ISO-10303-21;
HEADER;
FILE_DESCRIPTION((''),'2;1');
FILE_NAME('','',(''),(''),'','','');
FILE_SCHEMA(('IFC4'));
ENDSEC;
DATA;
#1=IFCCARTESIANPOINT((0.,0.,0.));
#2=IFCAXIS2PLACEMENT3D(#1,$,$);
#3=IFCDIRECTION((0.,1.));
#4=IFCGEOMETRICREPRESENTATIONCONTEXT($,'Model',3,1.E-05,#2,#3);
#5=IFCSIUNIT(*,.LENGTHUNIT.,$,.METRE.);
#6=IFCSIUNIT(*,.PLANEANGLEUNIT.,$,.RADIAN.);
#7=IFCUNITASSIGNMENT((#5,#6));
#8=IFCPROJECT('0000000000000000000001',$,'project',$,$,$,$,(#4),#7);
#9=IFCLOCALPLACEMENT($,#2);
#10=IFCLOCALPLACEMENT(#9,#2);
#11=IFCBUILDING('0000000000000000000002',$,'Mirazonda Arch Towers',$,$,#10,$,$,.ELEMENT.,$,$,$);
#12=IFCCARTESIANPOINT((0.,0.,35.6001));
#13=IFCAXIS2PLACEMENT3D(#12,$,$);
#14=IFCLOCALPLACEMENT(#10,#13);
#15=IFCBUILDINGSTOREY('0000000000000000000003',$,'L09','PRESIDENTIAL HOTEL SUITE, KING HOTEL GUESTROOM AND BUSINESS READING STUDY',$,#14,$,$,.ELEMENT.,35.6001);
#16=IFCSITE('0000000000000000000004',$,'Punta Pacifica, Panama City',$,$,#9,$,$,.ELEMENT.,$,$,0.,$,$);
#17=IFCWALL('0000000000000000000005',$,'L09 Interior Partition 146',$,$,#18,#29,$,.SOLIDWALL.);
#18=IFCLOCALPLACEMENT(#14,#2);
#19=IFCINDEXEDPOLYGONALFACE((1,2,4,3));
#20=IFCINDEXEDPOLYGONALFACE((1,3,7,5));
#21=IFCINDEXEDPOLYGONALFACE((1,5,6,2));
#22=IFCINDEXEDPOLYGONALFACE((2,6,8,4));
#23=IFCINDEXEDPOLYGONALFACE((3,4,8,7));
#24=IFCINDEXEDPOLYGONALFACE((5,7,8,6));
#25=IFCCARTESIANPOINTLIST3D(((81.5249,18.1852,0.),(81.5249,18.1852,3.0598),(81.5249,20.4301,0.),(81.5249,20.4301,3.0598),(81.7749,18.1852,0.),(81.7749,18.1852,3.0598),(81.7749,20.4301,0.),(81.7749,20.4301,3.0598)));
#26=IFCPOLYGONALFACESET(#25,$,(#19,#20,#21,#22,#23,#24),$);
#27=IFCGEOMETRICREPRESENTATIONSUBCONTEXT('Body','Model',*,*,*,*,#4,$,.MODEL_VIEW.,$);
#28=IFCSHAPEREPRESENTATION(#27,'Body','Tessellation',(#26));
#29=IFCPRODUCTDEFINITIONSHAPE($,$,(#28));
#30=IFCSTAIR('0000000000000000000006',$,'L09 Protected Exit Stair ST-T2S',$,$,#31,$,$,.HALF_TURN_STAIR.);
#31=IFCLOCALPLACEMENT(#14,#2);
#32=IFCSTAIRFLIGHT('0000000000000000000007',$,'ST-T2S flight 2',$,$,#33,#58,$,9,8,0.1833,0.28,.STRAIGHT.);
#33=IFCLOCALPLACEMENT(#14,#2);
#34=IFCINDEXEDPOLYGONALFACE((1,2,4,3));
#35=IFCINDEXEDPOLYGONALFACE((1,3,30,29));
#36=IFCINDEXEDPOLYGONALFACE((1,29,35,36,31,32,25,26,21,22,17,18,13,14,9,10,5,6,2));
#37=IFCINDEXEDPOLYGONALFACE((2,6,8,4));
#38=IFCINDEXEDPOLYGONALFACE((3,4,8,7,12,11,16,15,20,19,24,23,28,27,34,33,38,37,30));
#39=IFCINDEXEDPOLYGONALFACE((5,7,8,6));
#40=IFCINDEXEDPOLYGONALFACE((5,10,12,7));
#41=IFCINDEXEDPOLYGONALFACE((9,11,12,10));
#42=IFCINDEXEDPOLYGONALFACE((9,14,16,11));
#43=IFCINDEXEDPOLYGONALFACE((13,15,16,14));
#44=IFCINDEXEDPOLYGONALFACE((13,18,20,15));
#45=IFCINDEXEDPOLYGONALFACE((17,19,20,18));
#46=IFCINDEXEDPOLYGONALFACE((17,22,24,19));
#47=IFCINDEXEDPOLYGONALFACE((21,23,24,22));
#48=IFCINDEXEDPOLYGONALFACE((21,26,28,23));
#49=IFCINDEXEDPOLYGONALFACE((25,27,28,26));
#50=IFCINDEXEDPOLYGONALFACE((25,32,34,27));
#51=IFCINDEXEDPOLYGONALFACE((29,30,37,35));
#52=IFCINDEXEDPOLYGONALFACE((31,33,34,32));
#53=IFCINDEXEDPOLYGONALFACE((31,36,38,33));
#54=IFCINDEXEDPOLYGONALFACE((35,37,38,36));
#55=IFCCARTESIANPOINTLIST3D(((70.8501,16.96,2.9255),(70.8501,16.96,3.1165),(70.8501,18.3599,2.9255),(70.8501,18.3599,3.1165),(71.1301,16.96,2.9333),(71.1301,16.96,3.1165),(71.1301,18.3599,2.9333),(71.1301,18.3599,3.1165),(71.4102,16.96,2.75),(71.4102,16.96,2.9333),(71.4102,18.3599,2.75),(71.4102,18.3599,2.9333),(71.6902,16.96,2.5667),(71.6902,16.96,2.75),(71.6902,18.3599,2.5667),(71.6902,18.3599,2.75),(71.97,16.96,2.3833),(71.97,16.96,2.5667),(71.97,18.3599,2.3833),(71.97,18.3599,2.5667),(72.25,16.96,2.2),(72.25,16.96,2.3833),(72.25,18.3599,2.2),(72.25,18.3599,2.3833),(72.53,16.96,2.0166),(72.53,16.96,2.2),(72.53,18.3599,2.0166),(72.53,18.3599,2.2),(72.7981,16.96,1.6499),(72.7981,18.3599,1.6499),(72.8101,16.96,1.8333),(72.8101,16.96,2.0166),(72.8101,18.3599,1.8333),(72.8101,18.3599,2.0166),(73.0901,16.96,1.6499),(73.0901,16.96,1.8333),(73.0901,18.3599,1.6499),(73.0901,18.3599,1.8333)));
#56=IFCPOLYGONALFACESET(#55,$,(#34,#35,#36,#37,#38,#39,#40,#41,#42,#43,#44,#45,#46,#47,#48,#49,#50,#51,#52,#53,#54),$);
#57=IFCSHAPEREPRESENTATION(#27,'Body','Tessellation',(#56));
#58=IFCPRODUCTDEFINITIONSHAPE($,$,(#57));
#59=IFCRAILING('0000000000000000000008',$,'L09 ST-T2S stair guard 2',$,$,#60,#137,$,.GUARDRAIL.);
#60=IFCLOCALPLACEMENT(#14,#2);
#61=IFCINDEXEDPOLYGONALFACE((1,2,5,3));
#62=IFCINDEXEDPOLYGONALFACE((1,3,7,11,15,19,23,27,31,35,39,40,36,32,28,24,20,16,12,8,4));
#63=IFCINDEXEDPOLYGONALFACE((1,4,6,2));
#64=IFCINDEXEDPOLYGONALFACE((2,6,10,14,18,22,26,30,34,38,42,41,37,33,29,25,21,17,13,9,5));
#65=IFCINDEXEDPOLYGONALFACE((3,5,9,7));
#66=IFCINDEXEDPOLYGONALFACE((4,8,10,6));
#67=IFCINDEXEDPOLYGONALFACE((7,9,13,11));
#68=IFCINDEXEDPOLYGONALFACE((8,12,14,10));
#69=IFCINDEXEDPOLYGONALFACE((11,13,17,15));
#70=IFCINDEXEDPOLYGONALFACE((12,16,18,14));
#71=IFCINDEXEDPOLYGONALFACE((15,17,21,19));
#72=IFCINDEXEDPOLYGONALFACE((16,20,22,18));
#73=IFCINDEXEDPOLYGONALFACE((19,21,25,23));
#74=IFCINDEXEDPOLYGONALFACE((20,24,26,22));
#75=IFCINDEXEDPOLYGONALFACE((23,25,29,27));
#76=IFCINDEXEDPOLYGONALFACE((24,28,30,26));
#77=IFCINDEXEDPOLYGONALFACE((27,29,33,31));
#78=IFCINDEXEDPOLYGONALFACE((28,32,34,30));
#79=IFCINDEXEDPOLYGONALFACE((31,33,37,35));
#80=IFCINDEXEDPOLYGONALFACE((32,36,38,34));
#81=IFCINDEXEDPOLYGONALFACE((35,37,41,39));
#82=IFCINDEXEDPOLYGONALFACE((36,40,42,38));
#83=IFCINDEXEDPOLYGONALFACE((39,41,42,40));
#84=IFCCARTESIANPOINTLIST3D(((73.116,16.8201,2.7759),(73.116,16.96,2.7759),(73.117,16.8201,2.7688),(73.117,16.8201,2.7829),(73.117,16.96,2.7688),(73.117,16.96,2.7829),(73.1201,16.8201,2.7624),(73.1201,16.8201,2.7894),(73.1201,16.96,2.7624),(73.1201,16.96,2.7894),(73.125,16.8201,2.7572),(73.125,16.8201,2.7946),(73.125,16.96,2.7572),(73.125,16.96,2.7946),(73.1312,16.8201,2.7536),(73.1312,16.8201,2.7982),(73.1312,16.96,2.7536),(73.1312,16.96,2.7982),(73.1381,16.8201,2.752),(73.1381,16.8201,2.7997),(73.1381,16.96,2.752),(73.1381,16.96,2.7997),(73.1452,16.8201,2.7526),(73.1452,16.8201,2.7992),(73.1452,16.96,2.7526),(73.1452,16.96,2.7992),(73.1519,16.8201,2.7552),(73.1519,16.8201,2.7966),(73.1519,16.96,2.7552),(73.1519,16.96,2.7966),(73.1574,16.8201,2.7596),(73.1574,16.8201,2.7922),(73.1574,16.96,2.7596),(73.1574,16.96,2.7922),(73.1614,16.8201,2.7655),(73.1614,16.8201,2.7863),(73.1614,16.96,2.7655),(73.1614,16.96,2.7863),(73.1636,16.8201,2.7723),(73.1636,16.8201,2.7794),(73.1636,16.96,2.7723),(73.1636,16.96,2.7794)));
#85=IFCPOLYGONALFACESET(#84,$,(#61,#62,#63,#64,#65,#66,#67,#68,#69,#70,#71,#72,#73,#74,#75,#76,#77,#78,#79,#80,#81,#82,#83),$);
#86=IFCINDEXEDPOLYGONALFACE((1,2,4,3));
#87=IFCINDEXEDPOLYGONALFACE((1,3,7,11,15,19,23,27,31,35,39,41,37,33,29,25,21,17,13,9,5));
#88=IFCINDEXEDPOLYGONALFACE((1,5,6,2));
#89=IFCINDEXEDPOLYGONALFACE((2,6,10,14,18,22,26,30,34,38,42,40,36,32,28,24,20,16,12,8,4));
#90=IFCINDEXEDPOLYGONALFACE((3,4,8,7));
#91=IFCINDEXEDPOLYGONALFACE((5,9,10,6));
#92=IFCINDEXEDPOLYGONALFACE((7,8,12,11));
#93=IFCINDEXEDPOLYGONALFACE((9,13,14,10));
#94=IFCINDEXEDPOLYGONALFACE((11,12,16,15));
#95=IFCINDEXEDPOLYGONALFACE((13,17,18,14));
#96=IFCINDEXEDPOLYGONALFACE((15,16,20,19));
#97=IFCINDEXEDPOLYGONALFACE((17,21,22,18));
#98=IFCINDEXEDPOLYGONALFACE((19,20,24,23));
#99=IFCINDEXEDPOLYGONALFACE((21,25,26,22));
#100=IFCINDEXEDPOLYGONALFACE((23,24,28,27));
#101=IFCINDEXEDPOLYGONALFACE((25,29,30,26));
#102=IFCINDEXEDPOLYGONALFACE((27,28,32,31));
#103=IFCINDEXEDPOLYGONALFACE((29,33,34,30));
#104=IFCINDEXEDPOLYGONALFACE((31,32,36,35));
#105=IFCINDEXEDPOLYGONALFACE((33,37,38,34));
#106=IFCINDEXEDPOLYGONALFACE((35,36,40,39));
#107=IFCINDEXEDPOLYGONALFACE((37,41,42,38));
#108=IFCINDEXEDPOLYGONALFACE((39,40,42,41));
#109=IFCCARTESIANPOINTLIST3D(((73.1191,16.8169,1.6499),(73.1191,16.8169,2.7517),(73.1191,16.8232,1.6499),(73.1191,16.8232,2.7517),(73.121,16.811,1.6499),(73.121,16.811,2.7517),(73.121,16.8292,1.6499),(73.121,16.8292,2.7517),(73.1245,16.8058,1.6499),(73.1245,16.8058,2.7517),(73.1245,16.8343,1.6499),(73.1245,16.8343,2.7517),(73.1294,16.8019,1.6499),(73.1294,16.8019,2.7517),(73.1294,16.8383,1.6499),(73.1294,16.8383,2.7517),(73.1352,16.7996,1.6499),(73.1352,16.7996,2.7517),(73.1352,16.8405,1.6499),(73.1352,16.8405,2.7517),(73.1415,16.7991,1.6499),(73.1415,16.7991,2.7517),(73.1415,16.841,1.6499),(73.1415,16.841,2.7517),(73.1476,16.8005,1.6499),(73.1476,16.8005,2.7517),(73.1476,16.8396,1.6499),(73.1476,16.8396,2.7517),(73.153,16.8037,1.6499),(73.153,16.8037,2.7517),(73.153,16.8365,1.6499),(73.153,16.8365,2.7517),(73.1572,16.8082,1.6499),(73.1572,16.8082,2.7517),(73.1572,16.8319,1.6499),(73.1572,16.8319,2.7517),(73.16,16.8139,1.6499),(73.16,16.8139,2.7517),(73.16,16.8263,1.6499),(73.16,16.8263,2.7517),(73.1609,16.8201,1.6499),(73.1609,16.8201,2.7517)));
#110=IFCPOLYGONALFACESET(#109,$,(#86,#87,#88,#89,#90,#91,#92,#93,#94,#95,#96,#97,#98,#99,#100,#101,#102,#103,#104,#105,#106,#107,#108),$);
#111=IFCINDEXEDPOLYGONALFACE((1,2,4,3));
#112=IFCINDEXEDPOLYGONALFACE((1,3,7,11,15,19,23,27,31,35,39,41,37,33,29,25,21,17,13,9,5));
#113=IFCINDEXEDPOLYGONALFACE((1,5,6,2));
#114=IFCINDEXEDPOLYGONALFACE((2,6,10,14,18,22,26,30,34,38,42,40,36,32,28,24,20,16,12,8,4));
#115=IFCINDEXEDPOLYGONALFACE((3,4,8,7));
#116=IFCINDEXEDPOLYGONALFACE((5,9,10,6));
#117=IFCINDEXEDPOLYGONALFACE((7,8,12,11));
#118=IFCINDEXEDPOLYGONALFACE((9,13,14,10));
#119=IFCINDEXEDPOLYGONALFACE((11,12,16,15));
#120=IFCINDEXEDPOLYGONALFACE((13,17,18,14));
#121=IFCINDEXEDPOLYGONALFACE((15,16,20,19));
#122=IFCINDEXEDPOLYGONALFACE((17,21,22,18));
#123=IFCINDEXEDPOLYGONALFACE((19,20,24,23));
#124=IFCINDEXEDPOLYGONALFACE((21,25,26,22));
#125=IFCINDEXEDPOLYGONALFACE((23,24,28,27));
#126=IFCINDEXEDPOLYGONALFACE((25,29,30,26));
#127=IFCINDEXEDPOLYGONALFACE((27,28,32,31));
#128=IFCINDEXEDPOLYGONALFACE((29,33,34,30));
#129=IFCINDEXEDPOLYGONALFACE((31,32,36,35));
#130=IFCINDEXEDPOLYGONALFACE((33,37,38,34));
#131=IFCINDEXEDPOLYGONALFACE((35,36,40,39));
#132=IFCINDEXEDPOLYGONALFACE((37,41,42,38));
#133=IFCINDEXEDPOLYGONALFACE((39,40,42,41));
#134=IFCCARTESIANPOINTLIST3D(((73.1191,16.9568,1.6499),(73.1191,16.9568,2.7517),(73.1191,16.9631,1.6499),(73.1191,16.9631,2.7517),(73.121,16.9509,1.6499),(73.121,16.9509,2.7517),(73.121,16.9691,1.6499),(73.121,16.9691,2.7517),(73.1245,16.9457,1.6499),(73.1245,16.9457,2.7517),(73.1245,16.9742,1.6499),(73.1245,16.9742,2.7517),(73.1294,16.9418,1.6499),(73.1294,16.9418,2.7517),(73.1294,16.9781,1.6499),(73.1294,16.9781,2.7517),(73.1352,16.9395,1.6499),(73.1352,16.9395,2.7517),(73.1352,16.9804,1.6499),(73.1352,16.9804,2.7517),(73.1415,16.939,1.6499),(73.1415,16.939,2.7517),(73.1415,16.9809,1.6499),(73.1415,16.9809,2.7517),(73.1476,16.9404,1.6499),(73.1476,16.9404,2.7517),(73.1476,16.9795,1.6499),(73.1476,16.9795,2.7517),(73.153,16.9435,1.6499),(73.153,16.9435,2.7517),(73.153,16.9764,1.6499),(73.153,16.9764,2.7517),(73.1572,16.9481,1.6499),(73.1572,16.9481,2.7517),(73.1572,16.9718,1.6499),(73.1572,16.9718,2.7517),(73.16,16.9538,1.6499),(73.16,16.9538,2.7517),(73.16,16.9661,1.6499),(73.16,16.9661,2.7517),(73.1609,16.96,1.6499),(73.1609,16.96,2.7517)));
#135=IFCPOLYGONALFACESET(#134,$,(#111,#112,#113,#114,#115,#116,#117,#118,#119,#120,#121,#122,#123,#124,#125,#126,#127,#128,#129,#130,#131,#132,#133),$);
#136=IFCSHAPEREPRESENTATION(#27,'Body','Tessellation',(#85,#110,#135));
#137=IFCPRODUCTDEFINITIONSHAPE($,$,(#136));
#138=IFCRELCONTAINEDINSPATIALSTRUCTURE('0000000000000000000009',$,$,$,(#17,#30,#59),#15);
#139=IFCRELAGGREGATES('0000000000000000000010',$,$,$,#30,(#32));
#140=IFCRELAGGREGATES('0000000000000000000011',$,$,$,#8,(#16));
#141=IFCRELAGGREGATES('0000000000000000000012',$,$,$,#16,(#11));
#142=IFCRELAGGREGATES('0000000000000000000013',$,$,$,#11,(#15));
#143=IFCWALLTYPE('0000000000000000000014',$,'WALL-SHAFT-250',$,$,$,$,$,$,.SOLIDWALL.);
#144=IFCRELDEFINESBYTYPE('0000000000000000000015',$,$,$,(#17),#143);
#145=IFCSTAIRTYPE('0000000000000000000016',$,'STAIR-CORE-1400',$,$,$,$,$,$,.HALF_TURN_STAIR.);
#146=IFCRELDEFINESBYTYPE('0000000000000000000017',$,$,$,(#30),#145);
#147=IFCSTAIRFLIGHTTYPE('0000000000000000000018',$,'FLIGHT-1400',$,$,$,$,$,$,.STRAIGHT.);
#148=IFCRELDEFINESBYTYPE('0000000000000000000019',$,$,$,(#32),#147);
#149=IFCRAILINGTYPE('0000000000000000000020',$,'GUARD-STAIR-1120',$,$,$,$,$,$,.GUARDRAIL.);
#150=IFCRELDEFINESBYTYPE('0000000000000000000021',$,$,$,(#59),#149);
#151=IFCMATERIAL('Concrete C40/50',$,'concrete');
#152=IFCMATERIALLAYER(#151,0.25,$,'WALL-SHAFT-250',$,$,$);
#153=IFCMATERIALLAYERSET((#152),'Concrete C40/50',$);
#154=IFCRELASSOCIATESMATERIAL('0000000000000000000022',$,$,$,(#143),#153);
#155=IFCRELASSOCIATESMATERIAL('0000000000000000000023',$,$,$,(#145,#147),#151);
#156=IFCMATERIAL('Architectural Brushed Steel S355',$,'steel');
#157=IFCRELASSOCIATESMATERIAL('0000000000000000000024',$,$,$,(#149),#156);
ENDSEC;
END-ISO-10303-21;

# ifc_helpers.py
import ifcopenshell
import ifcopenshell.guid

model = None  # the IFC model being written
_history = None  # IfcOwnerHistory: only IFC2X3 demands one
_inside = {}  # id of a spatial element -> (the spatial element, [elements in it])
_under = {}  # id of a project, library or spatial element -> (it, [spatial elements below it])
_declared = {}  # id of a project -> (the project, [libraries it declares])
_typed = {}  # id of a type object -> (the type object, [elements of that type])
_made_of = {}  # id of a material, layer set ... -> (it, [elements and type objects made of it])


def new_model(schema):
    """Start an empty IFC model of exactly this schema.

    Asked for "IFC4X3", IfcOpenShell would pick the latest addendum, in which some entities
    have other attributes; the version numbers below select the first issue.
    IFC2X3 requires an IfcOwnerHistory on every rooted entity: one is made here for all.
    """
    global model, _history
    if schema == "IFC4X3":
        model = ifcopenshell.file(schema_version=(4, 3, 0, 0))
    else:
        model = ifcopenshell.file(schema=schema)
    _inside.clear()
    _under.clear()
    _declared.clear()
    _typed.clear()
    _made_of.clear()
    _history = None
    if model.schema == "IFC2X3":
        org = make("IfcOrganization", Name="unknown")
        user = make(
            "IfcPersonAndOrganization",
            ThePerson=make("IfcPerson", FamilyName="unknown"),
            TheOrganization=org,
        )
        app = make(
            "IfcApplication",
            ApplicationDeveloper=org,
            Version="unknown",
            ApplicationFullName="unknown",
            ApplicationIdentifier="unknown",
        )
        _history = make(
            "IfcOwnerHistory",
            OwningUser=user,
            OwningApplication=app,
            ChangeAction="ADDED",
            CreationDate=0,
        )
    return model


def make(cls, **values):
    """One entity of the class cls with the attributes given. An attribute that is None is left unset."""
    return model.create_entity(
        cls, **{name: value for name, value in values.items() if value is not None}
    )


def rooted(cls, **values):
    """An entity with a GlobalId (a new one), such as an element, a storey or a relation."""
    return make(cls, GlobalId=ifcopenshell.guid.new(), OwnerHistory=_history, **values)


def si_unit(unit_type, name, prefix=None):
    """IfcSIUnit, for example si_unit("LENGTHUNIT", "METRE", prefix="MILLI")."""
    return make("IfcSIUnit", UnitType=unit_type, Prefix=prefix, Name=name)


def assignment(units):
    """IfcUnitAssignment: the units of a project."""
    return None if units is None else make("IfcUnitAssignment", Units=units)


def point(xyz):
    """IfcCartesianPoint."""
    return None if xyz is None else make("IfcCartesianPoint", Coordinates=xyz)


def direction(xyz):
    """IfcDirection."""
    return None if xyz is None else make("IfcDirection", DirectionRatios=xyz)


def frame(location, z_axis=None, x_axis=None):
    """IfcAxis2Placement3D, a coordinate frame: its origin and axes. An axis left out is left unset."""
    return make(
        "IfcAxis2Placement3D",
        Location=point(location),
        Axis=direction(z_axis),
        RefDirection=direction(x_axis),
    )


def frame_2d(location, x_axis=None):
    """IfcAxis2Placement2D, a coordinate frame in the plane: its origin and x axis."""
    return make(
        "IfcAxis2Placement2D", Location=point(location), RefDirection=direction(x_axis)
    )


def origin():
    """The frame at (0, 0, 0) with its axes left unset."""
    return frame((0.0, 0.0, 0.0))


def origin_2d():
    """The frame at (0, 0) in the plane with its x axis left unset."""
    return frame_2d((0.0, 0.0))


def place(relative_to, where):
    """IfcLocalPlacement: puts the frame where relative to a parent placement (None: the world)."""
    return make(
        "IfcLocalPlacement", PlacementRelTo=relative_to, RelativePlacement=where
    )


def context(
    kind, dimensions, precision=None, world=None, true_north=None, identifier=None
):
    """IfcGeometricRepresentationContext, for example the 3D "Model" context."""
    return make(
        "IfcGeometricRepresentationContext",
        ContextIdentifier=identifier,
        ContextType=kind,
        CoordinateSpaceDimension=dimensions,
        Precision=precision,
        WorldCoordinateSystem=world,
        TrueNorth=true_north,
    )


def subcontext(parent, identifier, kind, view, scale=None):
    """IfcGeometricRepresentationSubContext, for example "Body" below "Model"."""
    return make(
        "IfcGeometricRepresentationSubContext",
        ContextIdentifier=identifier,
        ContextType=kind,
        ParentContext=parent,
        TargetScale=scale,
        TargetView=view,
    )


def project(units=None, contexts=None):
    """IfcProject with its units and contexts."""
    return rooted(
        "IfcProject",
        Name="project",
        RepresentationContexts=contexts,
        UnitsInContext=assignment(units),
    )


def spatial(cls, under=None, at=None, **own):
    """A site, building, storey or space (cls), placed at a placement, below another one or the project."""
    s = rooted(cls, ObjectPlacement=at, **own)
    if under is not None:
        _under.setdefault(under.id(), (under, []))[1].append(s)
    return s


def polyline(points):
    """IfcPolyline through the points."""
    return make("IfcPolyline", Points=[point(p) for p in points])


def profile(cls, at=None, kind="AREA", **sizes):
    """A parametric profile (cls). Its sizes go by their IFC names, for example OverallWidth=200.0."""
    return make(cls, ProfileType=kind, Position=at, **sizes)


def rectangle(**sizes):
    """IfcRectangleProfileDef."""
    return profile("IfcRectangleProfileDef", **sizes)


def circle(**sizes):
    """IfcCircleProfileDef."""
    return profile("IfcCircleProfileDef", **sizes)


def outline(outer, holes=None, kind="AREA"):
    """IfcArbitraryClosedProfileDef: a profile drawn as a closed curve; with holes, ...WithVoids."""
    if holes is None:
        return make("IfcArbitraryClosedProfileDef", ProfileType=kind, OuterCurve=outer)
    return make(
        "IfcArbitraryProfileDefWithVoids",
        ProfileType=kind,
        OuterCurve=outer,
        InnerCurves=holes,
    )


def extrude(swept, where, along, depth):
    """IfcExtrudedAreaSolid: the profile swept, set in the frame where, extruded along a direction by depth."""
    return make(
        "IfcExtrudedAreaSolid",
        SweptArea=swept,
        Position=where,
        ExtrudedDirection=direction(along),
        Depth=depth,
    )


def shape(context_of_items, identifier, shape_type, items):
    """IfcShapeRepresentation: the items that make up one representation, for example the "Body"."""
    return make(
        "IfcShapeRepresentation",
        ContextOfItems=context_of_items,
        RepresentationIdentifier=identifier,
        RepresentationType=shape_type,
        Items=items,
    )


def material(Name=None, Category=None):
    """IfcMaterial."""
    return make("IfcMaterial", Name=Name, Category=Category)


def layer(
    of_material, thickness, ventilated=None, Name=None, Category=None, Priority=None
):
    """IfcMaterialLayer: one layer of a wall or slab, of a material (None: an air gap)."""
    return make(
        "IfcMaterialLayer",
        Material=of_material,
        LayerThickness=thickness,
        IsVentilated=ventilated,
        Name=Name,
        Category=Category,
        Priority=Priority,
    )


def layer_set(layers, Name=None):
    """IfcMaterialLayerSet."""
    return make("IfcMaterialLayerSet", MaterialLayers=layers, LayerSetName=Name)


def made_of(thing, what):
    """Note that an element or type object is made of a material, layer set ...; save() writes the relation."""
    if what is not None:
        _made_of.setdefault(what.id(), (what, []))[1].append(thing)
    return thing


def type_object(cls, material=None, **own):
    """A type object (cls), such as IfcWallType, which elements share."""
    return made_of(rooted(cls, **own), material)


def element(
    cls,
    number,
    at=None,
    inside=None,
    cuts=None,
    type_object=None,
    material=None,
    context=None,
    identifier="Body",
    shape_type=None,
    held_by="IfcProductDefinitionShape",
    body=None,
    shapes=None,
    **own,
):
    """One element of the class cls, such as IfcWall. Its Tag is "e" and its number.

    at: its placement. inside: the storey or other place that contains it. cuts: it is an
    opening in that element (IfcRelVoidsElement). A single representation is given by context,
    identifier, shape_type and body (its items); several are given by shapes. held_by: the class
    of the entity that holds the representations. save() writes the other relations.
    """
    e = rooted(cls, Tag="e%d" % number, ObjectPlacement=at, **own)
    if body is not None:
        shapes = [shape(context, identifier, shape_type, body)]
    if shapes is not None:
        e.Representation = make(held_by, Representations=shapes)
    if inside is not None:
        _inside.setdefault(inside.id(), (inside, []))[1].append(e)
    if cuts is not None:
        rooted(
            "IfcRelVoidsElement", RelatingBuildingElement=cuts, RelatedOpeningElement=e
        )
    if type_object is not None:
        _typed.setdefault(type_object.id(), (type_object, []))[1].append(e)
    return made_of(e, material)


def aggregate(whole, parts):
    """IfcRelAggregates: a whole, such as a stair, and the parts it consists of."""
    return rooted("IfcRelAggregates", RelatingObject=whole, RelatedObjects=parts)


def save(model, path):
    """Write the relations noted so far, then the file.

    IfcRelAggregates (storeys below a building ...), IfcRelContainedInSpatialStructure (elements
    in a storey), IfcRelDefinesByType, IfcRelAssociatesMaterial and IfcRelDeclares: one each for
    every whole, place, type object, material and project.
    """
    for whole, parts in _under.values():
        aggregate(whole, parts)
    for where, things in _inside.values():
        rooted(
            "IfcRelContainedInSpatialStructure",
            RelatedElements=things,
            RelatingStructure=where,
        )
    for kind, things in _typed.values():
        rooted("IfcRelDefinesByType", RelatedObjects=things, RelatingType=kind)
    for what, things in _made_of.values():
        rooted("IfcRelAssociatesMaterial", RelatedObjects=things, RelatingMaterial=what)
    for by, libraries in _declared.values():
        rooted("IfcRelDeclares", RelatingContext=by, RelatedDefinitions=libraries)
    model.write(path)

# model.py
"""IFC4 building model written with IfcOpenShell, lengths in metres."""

from ifc_helpers import new_model, si_unit, direction, frame, frame_2d, origin, origin_2d, place, context, subcontext, project, spatial, polyline, rectangle, circle, outline, extrude, material, layer, layer_set, type_object, element, aggregate, save


model = new_model("IFC4")

# Units and contexts
model_context = context("Model", 3, precision=1e-05, world=origin(), true_north=direction((0.0, 1.0)))
body_context = subcontext(model_context, "Body", "Model", "MODEL_VIEW")
ifc_project = project(units=[si_unit("LENGTHUNIT", "METRE"), si_unit("PLANEANGLEUNIT", "RADIAN")], contexts=[model_context])

# Site, building, storey
site_placement = place(None, origin())
site = spatial("IfcSite", under=ifc_project, at=site_placement, Name="Punta Pacifica, Panama City", CompositionType="ELEMENT", RefElevation=0.0)
building_placement = place(site_placement, origin())
building = spatial("IfcBuilding", under=site, at=building_placement, Name="Mirazonda Arch Towers", CompositionType="ELEMENT")
storey_placement = place(building_placement, frame((0.0, 0.0, 35.6001)))
storey = spatial("IfcBuildingStorey", under=building, at=storey_placement, Name="L09", Description="PRESIDENTIAL HOTEL SUITE, KING HOTEL GUESTROOM AND BUSINESS READING STUDY", CompositionType="ELEMENT", Elevation=35.6001)

# Wall
ifc_material_1 = material(Name="Concrete C40/50", Category="concrete")
ifc_layer_1 = layer(ifc_material_1, 0.25, Name="WALL-SHAFT-250")
ifc_layer_set_1 = layer_set([ifc_layer_1], Name="Concrete C40/50")
wall_type_1 = type_object("IfcWallType", Name="WALL-SHAFT-250", PredefinedType="SOLIDWALL", material=ifc_layer_set_1)
wall_1_placement = place(storey_placement, frame((81.6499, 18.1851, 0.0), z_axis=(0.0, 0.0, 1.0), x_axis=(0.0, 1.0, 0.0)))
element("IfcWall", 1, at=wall_1_placement, inside=storey, type_object=wall_type_1, Name="L09 Interior Partition 146", PredefinedType="SOLIDWALL", context=body_context, shape_type="SweptSolid", body=[
    extrude(rectangle(XDim=2.2449, YDim=0.25, at=frame_2d((1.1226, 0.0))), origin(), (0.0, 0.0, 1.0), 3.0598),
])

# Stair, stair flight
stair_type = type_object("IfcStairType", Name="STAIR-CORE-1400", PredefinedType="HALF_TURN_STAIR", material=ifc_material_1)
stair_placement = place(storey_placement, origin())
stair = element("IfcStair", 2, at=stair_placement, inside=storey, type_object=stair_type, Name="L09 Protected Exit Stair ST-T2S", PredefinedType="HALF_TURN_STAIR")
stair_flight_type = type_object("IfcStairFlightType", Name="FLIGHT-1400", PredefinedType="STRAIGHT", material=ifc_material_1)
stair_flight_placement = place(storey_placement, frame((73.0901, 17.6599, 1.6499), z_axis=(0.0, 0.0, 1.0), x_axis=(-1.0, 0.0, 0.0)))
stair_flight = element("IfcStairFlight", 3, at=stair_flight_placement, type_object=stair_flight_type, Name="ST-T2S flight 2", NumberOfRisers=9, NumberOfTreads=8, PredefinedType="STRAIGHT", RiserHeight=0.1833, TreadLength=0.28, context=body_context, shape_type="SweptSolid", body=[
    extrude(outline(polyline([(0.0, 0.0), (0.0, 0.1833), (0.28, 0.1833), (0.28, 0.3667), (0.5601, 0.3667), (0.5601, 0.55), (0.8401, 0.55), (0.8401, 0.7334), (1.1201, 0.7334), (1.1201, 0.9167), (1.3999, 0.9167), (1.3999, 1.1001), (1.6799, 1.1001), (1.6799, 1.2834), (1.96, 1.2834), (1.96, 1.4666), (2.24, 1.4666), (2.24, 1.6499), (2.24, 1.2756), (0.292, 0.0), (0.0, 0.0)])), frame((0.0, 0.7, 0.0), z_axis=(0.0, -1.0, 0.0), x_axis=(1.0, 0.0, 0.0)), (0.0, 0.0, 1.0), 1.3999),
])
aggregate(stair, [stair_flight])

# Railing
ifc_material_2 = material(Name="Architectural Brushed Steel S355", Category="steel")
railing_type_1 = type_object("IfcRailingType", Name="GUARD-STAIR-1120", PredefinedType="GUARDRAIL", material=ifc_material_2)
railing_1_placement = place(storey_placement, frame((73.1399, 16.8201, 1.6499)))
element("IfcRailing", 4, at=railing_1_placement, inside=storey, type_object=railing_type_1, Name="L09 ST-T2S stair guard 2", PredefinedType="GUARDRAIL", context=body_context, shape_type="SweptSolid", body=[
    extrude(circle(Radius=0.0239, at=origin_2d()), frame((0.0, 0.0, 1.126), z_axis=(0.0, 1.0, 0.0), x_axis=(-1.0, 0.0, 0.0)), (0.0, 0.0, 1.0), 0.1399),
    extrude(circle(Radius=0.021, at=origin_2d()), origin(), (0.0, 0.0, 1.0), 1.1018),
    extrude(circle(Radius=0.021, at=origin_2d()), frame((0.0, 0.1399, 0.0)), (0.0, 0.0, 1.0), 1.1018),
])

save(model, "model.ifc")
